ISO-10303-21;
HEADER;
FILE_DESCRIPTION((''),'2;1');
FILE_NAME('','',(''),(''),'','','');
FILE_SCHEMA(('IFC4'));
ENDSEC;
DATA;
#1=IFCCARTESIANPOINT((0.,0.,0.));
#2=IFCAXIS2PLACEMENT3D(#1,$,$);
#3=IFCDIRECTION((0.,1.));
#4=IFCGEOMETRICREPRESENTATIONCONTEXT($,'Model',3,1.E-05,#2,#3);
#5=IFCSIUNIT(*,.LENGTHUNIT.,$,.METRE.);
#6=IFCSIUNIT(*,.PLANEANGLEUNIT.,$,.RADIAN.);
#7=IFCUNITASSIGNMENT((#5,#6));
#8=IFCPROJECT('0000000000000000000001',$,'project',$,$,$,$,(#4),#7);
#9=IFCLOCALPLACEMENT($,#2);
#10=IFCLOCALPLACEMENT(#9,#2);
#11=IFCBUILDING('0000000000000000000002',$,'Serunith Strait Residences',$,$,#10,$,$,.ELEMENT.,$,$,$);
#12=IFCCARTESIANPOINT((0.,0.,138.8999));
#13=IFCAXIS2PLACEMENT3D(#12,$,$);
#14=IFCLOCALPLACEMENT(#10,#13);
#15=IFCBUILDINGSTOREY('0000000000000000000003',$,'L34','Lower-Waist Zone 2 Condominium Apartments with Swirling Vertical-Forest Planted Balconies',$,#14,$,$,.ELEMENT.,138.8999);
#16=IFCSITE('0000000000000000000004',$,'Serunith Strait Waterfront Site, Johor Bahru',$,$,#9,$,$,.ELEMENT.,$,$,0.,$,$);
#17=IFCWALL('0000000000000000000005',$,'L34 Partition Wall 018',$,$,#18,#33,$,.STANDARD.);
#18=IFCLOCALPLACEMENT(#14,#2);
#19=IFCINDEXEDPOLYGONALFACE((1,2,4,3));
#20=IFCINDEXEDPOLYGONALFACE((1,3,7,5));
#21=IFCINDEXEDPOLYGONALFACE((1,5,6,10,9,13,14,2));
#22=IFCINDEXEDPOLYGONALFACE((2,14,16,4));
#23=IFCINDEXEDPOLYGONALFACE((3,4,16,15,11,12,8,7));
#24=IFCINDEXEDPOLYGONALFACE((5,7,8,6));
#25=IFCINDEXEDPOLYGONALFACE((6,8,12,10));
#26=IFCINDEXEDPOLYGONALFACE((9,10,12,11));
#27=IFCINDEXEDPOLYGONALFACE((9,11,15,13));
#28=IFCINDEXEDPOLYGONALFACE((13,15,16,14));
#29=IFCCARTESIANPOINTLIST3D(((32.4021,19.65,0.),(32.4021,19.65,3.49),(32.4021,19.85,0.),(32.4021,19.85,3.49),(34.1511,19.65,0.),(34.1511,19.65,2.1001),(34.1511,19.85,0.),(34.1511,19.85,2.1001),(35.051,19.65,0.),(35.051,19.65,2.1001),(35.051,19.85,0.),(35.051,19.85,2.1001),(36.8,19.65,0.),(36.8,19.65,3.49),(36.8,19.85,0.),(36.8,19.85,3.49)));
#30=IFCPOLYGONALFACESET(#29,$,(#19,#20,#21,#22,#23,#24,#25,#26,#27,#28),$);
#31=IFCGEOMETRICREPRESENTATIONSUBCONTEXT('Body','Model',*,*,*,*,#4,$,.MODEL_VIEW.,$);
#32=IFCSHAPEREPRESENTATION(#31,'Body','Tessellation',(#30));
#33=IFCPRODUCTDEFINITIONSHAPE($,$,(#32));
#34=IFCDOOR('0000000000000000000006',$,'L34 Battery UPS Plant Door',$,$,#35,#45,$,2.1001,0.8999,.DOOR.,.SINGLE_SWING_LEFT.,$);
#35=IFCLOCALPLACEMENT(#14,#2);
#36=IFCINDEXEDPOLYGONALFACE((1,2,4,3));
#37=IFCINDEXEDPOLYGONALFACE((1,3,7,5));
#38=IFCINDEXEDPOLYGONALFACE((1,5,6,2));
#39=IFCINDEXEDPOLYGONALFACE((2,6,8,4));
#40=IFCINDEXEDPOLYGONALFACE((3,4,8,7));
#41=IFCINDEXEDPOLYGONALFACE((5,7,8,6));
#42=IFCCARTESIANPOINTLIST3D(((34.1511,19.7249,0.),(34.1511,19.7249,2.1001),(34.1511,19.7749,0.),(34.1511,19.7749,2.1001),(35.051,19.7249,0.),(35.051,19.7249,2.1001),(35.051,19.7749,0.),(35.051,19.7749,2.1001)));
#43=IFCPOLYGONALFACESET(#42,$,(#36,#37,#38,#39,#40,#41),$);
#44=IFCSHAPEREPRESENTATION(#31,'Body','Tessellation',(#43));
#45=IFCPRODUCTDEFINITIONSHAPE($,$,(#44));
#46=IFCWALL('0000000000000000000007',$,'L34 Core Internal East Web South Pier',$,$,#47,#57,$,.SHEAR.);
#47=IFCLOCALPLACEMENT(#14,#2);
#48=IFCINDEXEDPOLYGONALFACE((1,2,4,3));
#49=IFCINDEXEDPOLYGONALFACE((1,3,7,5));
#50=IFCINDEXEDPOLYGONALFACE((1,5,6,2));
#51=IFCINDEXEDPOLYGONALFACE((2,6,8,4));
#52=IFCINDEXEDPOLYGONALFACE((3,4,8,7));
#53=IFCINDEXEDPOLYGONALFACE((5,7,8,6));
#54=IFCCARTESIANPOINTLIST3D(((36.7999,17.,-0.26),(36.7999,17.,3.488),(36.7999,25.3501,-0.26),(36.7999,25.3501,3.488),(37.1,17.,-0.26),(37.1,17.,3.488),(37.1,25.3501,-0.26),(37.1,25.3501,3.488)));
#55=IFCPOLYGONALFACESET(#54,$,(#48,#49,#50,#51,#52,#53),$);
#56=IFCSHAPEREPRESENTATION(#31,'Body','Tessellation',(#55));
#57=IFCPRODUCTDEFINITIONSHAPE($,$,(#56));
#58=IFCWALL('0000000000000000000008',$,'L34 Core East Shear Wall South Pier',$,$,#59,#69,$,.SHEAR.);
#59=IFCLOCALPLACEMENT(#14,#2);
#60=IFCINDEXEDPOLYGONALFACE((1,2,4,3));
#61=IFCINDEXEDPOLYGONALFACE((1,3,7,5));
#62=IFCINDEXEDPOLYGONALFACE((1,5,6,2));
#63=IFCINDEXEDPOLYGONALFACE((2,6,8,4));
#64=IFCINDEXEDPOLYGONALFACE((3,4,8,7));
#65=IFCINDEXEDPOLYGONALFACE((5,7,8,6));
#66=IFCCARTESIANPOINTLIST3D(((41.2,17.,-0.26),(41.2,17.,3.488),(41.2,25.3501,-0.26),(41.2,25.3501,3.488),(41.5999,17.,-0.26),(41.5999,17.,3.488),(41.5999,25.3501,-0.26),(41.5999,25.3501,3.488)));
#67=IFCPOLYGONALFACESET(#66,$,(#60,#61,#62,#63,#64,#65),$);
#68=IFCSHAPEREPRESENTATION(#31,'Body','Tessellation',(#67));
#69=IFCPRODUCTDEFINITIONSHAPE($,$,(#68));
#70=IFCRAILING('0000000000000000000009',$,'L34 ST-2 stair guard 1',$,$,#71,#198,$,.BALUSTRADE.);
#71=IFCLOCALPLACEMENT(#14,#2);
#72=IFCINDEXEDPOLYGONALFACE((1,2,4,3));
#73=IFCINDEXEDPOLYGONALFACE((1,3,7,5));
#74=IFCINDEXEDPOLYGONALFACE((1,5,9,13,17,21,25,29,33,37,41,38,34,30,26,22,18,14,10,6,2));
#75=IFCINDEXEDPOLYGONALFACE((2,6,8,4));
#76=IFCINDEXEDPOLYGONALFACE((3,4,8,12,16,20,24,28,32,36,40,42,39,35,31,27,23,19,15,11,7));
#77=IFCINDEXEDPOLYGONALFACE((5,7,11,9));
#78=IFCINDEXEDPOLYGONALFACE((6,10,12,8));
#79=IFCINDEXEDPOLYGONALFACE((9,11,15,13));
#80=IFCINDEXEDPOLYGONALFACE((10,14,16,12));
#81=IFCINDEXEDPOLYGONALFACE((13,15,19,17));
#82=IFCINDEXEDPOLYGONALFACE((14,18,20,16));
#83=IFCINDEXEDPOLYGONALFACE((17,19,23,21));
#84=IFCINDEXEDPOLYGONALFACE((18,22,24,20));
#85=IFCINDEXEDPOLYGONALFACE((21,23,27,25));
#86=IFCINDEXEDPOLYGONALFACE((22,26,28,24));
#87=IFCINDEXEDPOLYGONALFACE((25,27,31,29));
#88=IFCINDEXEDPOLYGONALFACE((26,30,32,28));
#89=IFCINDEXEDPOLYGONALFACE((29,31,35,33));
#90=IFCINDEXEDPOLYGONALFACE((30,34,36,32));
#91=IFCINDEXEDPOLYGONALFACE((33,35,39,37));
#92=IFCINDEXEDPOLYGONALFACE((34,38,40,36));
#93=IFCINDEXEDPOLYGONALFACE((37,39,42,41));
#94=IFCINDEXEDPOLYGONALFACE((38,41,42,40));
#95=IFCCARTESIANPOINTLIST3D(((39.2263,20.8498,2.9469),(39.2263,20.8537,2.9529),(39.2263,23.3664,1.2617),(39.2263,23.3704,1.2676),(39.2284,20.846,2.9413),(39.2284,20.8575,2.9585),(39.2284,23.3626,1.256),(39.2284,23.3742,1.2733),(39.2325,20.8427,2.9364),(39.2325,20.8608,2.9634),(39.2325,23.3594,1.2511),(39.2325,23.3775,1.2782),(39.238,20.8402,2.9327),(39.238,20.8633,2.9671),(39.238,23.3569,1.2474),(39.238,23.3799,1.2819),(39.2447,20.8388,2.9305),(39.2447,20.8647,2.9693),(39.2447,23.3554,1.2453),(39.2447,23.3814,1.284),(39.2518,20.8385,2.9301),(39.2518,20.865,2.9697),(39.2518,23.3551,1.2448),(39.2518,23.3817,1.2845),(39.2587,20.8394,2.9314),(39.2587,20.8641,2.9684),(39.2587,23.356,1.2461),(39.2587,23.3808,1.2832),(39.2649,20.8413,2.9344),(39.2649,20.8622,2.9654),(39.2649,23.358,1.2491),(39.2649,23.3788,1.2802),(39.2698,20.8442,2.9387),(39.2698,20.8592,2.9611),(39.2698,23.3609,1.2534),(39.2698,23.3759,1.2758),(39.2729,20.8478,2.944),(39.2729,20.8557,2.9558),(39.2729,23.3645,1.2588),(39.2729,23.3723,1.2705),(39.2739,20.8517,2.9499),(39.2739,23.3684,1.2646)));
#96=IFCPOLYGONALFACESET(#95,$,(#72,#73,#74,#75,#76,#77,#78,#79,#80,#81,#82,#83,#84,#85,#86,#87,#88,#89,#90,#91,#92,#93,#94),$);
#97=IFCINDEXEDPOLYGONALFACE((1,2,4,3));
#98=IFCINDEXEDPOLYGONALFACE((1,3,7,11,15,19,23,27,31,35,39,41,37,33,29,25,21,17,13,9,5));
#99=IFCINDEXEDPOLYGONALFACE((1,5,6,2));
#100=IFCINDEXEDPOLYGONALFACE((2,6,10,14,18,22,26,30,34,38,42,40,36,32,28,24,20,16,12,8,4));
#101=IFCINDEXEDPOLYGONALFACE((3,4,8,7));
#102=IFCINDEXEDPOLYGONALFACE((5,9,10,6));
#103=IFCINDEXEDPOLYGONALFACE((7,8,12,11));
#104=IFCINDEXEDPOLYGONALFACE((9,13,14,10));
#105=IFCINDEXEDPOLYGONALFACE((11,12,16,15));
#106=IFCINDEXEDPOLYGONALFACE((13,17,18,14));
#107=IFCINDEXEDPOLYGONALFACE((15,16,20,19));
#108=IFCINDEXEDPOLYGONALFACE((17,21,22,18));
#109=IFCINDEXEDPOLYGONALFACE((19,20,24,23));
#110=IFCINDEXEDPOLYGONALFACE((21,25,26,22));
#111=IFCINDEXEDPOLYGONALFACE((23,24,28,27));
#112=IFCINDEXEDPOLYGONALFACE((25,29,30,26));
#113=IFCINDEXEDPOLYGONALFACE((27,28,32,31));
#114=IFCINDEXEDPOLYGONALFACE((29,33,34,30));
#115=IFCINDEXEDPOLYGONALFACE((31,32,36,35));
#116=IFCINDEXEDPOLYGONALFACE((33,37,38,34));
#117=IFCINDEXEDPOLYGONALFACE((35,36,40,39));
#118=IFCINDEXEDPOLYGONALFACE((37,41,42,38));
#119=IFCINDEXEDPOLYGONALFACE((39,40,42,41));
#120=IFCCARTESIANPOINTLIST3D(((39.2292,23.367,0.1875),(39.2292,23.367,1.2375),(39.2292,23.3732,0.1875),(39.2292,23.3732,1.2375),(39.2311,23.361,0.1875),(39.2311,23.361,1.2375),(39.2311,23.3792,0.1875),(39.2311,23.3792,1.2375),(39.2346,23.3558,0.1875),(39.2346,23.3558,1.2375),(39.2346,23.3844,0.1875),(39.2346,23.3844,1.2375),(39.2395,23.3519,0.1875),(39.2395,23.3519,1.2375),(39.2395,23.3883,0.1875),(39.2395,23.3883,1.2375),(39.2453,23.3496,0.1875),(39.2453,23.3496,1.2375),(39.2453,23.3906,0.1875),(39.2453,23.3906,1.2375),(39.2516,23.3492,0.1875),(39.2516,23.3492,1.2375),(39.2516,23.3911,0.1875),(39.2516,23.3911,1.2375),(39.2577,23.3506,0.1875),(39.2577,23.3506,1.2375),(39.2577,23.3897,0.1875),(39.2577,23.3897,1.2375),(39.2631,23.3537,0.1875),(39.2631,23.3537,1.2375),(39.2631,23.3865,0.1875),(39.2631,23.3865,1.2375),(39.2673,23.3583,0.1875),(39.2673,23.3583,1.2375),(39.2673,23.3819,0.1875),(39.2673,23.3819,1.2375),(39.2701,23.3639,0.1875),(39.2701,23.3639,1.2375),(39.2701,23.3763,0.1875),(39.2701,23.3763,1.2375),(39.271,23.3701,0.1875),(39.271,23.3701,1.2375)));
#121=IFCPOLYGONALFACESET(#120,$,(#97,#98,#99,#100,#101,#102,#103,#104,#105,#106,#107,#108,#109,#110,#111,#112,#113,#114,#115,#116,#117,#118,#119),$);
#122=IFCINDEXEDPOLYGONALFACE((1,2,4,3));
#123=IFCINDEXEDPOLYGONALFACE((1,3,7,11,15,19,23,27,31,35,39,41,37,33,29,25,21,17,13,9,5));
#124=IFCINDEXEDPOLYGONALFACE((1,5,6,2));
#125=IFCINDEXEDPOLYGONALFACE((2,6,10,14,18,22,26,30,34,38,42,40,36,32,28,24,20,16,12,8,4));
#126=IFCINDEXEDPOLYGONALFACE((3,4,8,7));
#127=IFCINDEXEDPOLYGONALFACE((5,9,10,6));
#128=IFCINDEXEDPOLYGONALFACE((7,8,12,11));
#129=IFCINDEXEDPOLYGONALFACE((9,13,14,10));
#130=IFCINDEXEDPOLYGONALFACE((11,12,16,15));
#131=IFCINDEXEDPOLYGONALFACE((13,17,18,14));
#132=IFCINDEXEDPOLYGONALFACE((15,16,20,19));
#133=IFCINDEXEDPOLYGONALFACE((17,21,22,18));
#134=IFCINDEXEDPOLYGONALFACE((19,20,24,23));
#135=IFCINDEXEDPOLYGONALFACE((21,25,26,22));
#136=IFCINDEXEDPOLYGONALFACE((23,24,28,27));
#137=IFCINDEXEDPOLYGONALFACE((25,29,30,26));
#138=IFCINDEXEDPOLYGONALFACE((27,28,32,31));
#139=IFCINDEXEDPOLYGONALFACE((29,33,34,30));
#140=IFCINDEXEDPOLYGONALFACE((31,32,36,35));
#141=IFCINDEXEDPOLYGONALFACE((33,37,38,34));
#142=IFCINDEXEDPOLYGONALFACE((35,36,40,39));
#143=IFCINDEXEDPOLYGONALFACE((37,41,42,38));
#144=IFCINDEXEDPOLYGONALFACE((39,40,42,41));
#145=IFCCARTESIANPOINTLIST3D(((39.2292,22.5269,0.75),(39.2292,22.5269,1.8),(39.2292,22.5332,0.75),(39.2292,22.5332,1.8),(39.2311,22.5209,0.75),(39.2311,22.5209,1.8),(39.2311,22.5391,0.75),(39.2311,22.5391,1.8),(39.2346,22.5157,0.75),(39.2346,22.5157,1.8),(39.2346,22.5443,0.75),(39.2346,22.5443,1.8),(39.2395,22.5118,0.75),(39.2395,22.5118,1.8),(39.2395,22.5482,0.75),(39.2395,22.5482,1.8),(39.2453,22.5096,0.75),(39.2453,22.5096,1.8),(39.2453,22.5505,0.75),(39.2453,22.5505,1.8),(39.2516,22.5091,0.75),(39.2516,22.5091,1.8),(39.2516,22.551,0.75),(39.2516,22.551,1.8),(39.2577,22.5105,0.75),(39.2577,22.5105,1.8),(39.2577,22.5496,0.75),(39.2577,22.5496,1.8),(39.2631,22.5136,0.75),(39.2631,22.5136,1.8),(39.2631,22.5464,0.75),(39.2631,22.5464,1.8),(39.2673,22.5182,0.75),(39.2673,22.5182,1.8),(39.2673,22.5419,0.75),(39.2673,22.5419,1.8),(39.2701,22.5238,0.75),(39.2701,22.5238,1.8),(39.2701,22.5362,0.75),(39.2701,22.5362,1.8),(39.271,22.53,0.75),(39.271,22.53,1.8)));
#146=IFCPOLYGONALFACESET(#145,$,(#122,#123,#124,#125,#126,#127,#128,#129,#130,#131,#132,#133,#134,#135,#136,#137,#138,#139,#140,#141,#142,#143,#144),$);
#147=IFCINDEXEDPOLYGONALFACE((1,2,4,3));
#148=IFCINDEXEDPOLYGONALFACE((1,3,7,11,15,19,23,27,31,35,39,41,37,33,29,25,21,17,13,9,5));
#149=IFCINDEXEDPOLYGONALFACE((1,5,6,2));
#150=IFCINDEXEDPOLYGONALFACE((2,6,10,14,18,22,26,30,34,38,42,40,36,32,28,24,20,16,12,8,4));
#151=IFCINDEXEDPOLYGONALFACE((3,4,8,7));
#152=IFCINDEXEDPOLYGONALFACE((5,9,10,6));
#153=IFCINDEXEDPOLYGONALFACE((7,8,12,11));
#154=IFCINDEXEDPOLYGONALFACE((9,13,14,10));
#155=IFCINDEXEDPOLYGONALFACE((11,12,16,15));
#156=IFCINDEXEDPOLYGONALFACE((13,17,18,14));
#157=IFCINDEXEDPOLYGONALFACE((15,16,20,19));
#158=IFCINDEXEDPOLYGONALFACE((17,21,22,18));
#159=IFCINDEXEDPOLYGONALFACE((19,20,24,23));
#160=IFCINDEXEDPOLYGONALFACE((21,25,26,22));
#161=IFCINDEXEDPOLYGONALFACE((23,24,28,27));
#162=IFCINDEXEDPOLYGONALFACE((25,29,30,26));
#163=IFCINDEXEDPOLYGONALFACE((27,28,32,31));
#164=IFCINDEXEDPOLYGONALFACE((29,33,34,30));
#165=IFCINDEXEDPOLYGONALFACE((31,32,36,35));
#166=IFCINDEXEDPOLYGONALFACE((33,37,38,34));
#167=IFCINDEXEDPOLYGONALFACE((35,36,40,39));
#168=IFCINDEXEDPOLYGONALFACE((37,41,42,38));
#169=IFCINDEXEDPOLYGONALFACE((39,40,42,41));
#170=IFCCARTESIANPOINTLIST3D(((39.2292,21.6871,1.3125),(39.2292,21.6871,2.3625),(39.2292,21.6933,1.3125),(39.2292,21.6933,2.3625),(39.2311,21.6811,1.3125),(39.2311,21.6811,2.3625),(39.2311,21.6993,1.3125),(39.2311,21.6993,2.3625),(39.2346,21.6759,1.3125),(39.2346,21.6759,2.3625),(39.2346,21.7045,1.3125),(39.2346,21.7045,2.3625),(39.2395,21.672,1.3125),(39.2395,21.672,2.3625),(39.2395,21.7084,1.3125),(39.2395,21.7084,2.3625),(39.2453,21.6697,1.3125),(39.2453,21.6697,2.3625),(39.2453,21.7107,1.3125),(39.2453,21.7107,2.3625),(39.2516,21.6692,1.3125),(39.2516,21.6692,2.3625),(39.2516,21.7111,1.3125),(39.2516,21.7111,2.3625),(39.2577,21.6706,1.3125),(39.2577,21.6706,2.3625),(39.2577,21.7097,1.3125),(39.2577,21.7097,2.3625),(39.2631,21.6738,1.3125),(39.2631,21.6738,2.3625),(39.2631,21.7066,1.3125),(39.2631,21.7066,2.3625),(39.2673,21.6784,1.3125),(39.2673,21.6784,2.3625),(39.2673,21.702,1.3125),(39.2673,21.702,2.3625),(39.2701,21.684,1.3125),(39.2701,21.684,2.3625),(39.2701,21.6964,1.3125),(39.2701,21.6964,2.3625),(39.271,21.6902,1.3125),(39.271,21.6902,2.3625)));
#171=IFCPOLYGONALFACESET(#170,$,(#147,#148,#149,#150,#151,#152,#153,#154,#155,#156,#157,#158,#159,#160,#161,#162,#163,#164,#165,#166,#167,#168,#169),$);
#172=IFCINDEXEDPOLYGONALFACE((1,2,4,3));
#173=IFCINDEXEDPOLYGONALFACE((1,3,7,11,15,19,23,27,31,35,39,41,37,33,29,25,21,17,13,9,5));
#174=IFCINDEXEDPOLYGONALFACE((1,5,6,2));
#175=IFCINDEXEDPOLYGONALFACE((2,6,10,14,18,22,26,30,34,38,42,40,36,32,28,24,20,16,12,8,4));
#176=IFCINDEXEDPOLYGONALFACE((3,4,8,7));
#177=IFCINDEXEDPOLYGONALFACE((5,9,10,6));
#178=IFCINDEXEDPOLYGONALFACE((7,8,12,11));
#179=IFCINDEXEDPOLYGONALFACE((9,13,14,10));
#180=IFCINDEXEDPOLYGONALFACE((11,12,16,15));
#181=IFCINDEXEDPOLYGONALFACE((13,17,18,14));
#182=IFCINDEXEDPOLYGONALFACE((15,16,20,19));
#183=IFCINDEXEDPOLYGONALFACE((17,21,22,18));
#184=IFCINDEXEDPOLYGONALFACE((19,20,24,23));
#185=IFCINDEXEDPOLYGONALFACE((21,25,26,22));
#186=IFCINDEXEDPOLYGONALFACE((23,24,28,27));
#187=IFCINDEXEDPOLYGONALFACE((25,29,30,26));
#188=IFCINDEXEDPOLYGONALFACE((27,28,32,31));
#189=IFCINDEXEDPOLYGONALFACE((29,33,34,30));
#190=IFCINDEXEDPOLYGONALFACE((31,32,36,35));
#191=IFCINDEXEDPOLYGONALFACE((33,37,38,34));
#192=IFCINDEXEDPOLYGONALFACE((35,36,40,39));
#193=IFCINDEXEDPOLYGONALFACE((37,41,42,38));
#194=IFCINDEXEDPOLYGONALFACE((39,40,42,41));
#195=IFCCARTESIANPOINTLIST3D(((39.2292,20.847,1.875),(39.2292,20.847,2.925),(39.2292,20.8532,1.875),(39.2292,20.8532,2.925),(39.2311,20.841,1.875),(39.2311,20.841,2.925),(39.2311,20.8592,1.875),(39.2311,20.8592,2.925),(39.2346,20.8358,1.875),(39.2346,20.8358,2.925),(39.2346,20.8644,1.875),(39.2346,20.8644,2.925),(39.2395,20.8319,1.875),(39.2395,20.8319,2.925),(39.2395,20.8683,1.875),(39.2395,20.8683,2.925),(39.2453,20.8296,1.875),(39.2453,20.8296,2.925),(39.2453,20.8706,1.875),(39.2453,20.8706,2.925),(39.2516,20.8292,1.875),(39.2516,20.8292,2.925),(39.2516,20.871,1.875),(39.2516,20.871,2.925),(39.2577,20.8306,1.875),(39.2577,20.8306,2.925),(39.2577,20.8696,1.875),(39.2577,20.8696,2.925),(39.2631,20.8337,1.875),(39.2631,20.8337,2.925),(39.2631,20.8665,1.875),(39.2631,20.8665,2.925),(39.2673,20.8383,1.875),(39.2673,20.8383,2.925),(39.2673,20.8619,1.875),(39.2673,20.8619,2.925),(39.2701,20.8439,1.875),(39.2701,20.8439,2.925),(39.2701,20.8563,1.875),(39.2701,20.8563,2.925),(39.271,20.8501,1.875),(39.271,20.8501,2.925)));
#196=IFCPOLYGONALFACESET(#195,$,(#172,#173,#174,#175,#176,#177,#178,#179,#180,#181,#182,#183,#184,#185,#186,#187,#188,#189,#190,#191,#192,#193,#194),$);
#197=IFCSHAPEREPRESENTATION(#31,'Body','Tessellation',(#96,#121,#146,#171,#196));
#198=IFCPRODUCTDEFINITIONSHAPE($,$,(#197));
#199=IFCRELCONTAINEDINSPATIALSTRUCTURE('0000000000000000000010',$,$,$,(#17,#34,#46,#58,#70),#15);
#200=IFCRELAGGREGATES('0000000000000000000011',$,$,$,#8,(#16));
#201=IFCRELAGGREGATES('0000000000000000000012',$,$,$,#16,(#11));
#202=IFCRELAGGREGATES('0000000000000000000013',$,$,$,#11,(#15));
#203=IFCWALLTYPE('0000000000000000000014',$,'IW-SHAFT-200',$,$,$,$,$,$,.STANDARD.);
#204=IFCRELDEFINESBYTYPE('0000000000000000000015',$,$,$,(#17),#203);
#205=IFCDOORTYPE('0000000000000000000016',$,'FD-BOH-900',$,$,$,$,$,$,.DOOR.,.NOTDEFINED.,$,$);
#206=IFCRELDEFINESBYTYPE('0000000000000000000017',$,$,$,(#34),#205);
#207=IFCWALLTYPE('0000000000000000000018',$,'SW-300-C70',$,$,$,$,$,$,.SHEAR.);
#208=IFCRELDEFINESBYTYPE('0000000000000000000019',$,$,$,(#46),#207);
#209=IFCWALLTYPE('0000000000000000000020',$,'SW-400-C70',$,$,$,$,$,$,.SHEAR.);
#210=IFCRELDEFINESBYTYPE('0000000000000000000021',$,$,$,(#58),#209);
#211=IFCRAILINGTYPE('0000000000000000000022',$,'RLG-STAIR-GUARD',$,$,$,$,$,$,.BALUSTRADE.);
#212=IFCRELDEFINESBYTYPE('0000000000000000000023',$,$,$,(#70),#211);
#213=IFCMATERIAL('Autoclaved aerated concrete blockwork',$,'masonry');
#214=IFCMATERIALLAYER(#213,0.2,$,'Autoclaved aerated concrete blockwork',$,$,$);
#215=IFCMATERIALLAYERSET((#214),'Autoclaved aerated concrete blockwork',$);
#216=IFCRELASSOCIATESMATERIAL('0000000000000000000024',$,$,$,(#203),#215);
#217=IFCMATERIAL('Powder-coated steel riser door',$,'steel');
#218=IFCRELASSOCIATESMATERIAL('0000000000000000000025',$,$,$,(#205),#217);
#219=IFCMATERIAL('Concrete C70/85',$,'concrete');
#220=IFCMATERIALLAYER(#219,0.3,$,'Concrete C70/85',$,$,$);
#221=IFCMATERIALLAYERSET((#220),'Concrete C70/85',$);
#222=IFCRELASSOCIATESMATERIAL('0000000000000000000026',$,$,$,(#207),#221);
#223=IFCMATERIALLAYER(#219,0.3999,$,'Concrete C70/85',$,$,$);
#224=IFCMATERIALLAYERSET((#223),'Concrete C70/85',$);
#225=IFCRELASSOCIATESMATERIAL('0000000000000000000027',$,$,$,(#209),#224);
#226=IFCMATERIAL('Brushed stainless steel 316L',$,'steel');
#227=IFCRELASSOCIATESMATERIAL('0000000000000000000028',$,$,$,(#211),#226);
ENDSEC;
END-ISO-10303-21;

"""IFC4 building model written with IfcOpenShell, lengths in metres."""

from ifc_helpers import new_model, si_unit, direction, frame, frame_2d, origin, origin_2d, place, context, subcontext, project, spatial, rectangle, circle, extrude, source, transform, mapped, material, layer, layer_set, type_object, element, fill, save


model = new_model("IFC4")

# Units and contexts
model_context = context("Model", 3, precision=1e-05, world=origin(), true_north=direction((0.0, 1.0)))
body_context = subcontext(model_context, "Body", "Model", "MODEL_VIEW")
ifc_project = project(units=[si_unit("LENGTHUNIT", "METRE"), si_unit("PLANEANGLEUNIT", "RADIAN")], contexts=[model_context])

# Site, building, storey
site_placement = place(None, origin())
site = spatial("IfcSite", under=ifc_project, at=site_placement, Name="Serunith Strait Waterfront Site, Johor Bahru", CompositionType="ELEMENT", RefElevation=0.0)
building_placement = place(site_placement, origin())
building = spatial("IfcBuilding", under=site, at=building_placement, Name="Serunith Strait Residences", CompositionType="ELEMENT")
storey_placement = place(building_placement, frame((0.0, 0.0, 138.8999)))
storey = spatial("IfcBuildingStorey", under=building, at=storey_placement, Name="L34", Description="Lower-Waist Zone 2 Condominium Apartments with Swirling Vertical-Forest Planted Balconies", CompositionType="ELEMENT", Elevation=138.8999)

# Wall, opening, door
ifc_material_1 = material(Name="Autoclaved aerated concrete blockwork", Category="masonry")
ifc_layer_1 = layer(ifc_material_1, 0.2, Name="Autoclaved aerated concrete blockwork")
ifc_layer_set_1 = layer_set([ifc_layer_1], Name="Autoclaved aerated concrete blockwork")
wall_type_1 = type_object("IfcWallType", Name="IW-SHAFT-200", PredefinedType="STANDARD", material=ifc_layer_set_1)
wall_1_placement = place(storey_placement, frame((32.4021, 19.75, 0.0), z_axis=(0.0, 0.0, 1.0), x_axis=(1.0, 0.0, 0.0)))
wall_1 = element("IfcWall", 1, at=wall_1_placement, inside=storey, type_object=wall_type_1, Name="L34 Partition Wall 018", PredefinedType="STANDARD", context=body_context, shape_type="SweptSolid", body=[
    extrude(rectangle(XDim=4.3979, YDim=0.2, at=frame_2d((2.199, 0.0))), origin(), (0.0, 0.0, 1.0), 3.49),
])
opening_1_placement = place(wall_1_placement, frame((1.749, 0.0, 0.0)))
opening_1 = element("IfcOpeningElement", 2, at=opening_1_placement, cuts=wall_1, PredefinedType="OPENING", context=body_context, shape_type="SweptSolid", body=[
    extrude(rectangle(XDim=0.8999, YDim=2.1001, at=frame_2d((0.45, 1.05))), frame((0.0, 0.1099, 0.0), z_axis=(0.0, -1.0, 0.0), x_axis=(1.0, 0.0, 0.0)), (0.0, 0.0, 1.0), 0.22),
])
ifc_material_2 = material(Name="Powder-coated steel riser door", Category="steel")
door_type_1 = type_object("IfcDoorType", Name="FD-BOH-900", OperationType="NOTDEFINED", PredefinedType="DOOR", material=ifc_material_2)
shared_shape_1 = source(origin(), body_context, "Body", "SweptSolid", [
    extrude(rectangle(XDim=0.8999, YDim=2.1001, at=frame_2d((0.45, 1.05))), frame((0.0, 0.0249, 0.0), z_axis=(0.0, -1.0, 0.0), x_axis=(1.0, 0.0, 0.0)), (0.0, 0.0, 1.0), 0.05),
])
door_1_placement = place(opening_1_placement, origin())
door_1 = element("IfcDoor", 3, at=door_1_placement, inside=storey, type_object=door_type_1, Name="L34 Battery UPS Plant Door", OperationType="SINGLE_SWING_LEFT", OverallHeight=2.1001, OverallWidth=0.8999, PredefinedType="DOOR", context=body_context, shape_type="MappedRepresentation", body=[
    mapped(shared_shape_1, transform((0.0, 0.0, 0.0), scale=1.0)),
])
fill(opening_1, door_1)

# Walls
ifc_material_3 = material(Name="Concrete C70/85", Category="concrete")
ifc_layer_2 = layer(ifc_material_3, 0.3, Name="Concrete C70/85")
ifc_layer_set_2 = layer_set([ifc_layer_2], Name="Concrete C70/85")
wall_type_2 = type_object("IfcWallType", Name="SW-300-C70", PredefinedType="SHEAR", material=ifc_layer_set_2)
wall_2_placement = place(storey_placement, frame((36.95, 17.0, -0.26), z_axis=(0.0, 0.0, 1.0), x_axis=(0.0, 1.0, 0.0)))
element("IfcWall", 4, at=wall_2_placement, inside=storey, type_object=wall_type_2, Name="L34 Core Internal East Web South Pier", PredefinedType="SHEAR", context=body_context, shape_type="SweptSolid", body=[
    extrude(rectangle(XDim=8.3501, YDim=0.3, at=frame_2d((4.175, 0.0))), origin(), (0.0, 0.0, 1.0), 3.748),
])
ifc_layer_3 = layer(ifc_material_3, 0.3999, Name="Concrete C70/85")
ifc_layer_set_3 = layer_set([ifc_layer_3], Name="Concrete C70/85")
wall_type_3 = type_object("IfcWallType", Name="SW-400-C70", PredefinedType="SHEAR", material=ifc_layer_set_3)
wall_3_placement = place(storey_placement, frame((41.3999, 17.0, -0.26), z_axis=(0.0, 0.0, 1.0), x_axis=(0.0, 1.0, 0.0)))
element("IfcWall", 5, at=wall_3_placement, inside=storey, type_object=wall_type_3, Name="L34 Core East Shear Wall South Pier", PredefinedType="SHEAR", context=body_context, shape_type="SweptSolid", body=[
    extrude(rectangle(XDim=8.3501, YDim=0.3999, at=frame_2d((4.175, 0.0))), origin(), (0.0, 0.0, 1.0), 3.748),
])

# Railing
ifc_material_4 = material(Name="Brushed stainless steel 316L", Category="steel")
railing_type_1 = type_object("IfcRailingType", Name="RLG-STAIR-GUARD", PredefinedType="BALUSTRADE", material=ifc_material_4)
railing_1_placement = place(storey_placement, frame((39.25, 23.3701, 0.1875)))
element("IfcRailing", 6, at=railing_1_placement, inside=storey, type_object=railing_type_1, Name="L34 ST-2 stair guard 1", PredefinedType="BALUSTRADE", context=body_context, shape_type="SweptSolid", body=[
    extrude(circle(Radius=0.0239, at=origin_2d()), frame((0.0, -0.0017, 1.0771), z_axis=(0.0, -0.830909, 0.556408), x_axis=(1.0, 0.0, 0.0)), (0.0, 0.0, 1.0), 3.0288),
    extrude(circle(Radius=0.021, at=origin_2d()), origin(), (0.0, 0.0, 1.0), 1.05),
    extrude(circle(Radius=0.021, at=origin_2d()), frame((0.0, -0.8401, 0.5625)), (0.0, 0.0, 1.0), 1.05),
    extrude(circle(Radius=0.021, at=origin_2d()), frame((0.0, -1.6799, 1.125)), (0.0, 0.0, 1.0), 1.05),
    extrude(circle(Radius=0.021, at=origin_2d()), frame((0.0, -2.52, 1.6875)), (0.0, 0.0, 1.0), 1.05),
])

save(model, "model.ifc")
